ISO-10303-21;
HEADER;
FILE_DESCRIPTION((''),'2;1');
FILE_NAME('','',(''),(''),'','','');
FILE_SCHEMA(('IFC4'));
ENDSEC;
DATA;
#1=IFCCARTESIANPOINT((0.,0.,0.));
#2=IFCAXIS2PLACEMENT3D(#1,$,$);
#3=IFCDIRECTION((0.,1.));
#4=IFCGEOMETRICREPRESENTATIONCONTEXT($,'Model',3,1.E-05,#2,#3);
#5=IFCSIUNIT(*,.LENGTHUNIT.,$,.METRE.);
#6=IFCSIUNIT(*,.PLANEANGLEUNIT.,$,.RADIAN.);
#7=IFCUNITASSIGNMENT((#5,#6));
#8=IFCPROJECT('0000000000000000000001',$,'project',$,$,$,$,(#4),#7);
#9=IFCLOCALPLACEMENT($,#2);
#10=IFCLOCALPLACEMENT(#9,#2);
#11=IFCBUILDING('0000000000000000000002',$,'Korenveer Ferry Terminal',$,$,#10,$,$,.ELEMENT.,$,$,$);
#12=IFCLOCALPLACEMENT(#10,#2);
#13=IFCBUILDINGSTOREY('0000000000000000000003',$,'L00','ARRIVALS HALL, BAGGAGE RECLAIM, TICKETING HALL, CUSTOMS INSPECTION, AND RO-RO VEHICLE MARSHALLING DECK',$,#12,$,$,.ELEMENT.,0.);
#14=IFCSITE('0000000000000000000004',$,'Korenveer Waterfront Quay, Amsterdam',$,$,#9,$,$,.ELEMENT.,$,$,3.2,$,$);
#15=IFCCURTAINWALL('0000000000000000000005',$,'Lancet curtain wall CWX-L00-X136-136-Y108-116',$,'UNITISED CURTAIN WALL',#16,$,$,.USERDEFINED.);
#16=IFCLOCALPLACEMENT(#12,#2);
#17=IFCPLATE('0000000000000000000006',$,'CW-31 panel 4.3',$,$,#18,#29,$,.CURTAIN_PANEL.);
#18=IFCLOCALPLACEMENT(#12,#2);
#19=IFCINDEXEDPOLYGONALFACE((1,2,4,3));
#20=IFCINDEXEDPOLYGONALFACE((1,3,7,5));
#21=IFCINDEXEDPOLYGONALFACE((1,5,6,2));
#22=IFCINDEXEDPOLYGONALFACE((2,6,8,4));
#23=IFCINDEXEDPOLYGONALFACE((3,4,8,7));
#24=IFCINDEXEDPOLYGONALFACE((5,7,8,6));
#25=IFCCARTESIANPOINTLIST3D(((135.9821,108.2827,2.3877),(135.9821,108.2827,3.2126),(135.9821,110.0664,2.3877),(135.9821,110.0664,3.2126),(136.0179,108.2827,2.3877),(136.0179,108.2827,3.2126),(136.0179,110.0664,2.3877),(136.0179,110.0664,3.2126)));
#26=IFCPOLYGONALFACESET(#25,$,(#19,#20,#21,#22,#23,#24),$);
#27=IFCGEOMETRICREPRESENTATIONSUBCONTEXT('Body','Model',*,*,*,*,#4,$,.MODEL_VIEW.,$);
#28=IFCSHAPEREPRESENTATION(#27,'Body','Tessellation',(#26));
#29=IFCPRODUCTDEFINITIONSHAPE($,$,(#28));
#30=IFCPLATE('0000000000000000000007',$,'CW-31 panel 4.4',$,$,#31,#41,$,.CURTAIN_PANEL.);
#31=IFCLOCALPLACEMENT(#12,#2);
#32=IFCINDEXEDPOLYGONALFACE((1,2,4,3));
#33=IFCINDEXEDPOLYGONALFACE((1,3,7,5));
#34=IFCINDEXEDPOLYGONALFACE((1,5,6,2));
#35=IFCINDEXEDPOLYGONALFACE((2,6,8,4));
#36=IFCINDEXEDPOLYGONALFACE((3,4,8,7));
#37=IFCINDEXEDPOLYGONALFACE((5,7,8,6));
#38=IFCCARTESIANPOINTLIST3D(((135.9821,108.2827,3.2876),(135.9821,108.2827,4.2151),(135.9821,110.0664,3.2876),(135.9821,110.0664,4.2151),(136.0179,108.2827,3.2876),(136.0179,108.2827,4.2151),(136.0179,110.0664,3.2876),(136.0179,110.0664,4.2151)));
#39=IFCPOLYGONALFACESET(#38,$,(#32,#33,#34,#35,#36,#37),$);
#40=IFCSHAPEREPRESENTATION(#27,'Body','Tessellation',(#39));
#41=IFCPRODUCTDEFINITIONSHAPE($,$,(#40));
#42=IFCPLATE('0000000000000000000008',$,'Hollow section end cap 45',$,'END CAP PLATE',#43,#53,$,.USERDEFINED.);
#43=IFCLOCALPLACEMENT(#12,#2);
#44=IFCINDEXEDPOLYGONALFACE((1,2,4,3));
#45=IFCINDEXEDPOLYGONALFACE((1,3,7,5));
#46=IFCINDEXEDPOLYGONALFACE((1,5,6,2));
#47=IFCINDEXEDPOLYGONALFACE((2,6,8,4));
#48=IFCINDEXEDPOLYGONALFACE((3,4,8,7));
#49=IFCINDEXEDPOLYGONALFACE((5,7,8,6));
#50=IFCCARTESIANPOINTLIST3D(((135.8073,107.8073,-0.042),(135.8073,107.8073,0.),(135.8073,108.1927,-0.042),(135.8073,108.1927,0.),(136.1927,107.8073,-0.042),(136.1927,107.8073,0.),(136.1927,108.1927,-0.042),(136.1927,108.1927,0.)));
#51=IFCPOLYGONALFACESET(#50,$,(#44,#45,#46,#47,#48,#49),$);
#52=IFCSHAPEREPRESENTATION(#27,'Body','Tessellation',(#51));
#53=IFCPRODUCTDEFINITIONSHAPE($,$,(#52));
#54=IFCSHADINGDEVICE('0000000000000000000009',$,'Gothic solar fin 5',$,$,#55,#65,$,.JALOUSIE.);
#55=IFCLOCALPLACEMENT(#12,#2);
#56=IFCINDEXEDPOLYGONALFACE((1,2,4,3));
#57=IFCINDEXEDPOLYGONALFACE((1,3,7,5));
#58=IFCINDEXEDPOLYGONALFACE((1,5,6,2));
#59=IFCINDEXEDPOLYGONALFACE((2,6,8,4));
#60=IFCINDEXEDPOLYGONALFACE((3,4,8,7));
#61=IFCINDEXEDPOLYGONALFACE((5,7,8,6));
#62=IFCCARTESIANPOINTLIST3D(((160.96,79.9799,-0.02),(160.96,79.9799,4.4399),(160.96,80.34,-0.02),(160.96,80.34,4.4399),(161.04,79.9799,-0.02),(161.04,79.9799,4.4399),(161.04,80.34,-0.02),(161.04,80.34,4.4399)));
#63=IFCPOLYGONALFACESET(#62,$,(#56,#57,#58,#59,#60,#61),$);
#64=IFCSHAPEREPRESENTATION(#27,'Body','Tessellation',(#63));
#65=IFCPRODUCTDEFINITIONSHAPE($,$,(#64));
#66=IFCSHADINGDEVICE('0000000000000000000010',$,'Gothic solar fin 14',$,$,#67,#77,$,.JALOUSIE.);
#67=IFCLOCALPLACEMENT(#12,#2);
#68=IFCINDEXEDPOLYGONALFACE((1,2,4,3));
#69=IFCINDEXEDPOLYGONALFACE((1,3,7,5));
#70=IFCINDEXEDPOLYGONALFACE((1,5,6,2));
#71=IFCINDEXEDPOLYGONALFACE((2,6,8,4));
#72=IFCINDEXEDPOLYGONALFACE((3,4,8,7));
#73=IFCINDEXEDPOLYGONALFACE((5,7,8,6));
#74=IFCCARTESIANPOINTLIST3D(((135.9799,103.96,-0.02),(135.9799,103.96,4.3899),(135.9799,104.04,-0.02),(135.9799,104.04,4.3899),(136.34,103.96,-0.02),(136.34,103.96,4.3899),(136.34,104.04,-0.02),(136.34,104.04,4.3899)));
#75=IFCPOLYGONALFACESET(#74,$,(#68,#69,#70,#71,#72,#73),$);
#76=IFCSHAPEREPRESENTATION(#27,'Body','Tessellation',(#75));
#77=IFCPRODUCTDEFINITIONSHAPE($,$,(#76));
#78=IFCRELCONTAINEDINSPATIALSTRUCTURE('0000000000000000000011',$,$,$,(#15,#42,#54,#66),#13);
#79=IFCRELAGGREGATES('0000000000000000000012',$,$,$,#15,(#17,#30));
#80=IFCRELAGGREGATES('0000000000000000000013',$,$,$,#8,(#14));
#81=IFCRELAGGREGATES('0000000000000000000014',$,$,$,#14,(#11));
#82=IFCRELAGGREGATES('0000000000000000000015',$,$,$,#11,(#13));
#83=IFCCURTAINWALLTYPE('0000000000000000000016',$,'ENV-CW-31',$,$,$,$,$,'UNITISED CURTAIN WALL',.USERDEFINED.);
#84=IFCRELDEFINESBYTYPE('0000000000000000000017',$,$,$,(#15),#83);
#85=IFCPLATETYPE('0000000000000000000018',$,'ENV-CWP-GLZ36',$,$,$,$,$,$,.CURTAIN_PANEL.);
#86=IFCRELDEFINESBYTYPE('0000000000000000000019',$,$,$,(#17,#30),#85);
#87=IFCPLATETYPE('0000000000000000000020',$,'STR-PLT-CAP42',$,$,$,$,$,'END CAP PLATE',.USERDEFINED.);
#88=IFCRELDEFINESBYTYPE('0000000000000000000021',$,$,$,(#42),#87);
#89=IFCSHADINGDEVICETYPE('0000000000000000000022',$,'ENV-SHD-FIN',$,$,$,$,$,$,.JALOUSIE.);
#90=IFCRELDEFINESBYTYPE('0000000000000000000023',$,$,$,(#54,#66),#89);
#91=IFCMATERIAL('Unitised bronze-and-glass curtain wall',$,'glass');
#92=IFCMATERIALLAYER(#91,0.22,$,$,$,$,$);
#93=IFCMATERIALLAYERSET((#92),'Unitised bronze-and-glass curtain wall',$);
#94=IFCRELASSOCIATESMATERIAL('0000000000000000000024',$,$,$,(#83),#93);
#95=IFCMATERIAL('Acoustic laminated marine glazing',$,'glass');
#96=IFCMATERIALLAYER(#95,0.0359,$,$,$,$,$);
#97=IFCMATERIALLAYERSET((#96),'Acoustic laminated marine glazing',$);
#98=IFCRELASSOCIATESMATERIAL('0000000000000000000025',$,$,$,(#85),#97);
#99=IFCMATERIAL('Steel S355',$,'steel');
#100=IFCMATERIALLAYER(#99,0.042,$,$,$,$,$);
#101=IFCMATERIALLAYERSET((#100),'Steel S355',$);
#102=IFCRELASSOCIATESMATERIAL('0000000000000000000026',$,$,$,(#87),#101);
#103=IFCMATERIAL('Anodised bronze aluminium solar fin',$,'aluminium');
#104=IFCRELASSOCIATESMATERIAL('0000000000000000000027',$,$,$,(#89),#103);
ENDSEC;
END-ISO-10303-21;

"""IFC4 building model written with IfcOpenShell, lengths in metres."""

from ifc_helpers import new_model, si_unit, direction, frame, origin, origin_2d, place, context, subcontext, project, spatial, rectangle, extrude, material, layer, layer_set, type_object, element, aggregate, save


model = new_model("IFC4")

# Units and contexts
model_context = context("Model", 3, precision=1e-05, world=origin(), true_north=direction((0.0, 1.0)))
body_context = subcontext(model_context, "Body", "Model", "MODEL_VIEW")
ifc_project = project(units=[si_unit("LENGTHUNIT", "METRE"), si_unit("PLANEANGLEUNIT", "RADIAN")], contexts=[model_context])

# Site, building, storey
site_placement = place(None, origin())
site = spatial("IfcSite", under=ifc_project, at=site_placement, Name="Korenveer Waterfront Quay, Amsterdam", CompositionType="ELEMENT", RefElevation=3.2)
building_placement = place(site_placement, origin())
building = spatial("IfcBuilding", under=site, at=building_placement, Name="Korenveer Ferry Terminal", CompositionType="ELEMENT")
storey_placement = place(building_placement, origin())
storey = spatial("IfcBuildingStorey", under=building, at=storey_placement, Name="L00", Description="ARRIVALS HALL, BAGGAGE RECLAIM, TICKETING HALL, CUSTOMS INSPECTION, AND RO-RO VEHICLE MARSHALLING DECK", CompositionType="ELEMENT", Elevation=0.0)

# Curtain wall
ifc_material_1 = material(Name="Unitised bronze-and-glass curtain wall", Category="glass")
ifc_layer_1 = layer(ifc_material_1, 0.22)
ifc_layer_set_1 = layer_set([ifc_layer_1], Name="Unitised bronze-and-glass curtain wall")
curtain_wall_type = type_object("IfcCurtainWallType", Name="ENV-CW-31", ElementType="UNITISED CURTAIN WALL", PredefinedType="USERDEFINED", material=ifc_layer_set_1)
curtain_wall_placement = place(storey_placement, frame((136.0, 115.7922, 0.0)))
curtain_wall = element("IfcCurtainWall", 1, at=curtain_wall_placement, inside=storey, type_object=curtain_wall_type, Name="Lancet curtain wall CWX-L00-X136-136-Y108-116", ObjectType="UNITISED CURTAIN WALL", PredefinedType="USERDEFINED")

# Shared definitions
ifc_material_2 = material(Name="Steel S355", Category="steel")

# Plates
ifc_material_3 = material(Name="Acoustic laminated marine glazing", Category="glass")
ifc_layer_2 = layer(ifc_material_3, 0.0359)
ifc_layer_set_2 = layer_set([ifc_layer_2], Name="Acoustic laminated marine glazing")
plate_type_1 = type_object("IfcPlateType", Name="ENV-CWP-GLZ36", PredefinedType="CURTAIN_PANEL", material=ifc_layer_set_2)
plate_1_placement = place(storey_placement, frame((136.0, 109.1746, 2.3877), z_axis=(0.0, 0.0, 1.0), x_axis=(0.0, -1.0, 0.0)))
plate_1 = element("IfcPlate", 2, at=plate_1_placement, type_object=plate_type_1, Name="CW-31 panel 4.3", PredefinedType="CURTAIN_PANEL", context=body_context, shape_type="SweptSolid", body=[
    extrude(rectangle(XDim=1.7837, YDim=0.0359, at=origin_2d()), origin(), (0.0, 0.0, 1.0), 0.825),
])
plate_2_placement = place(storey_placement, frame((136.0, 109.1746, 3.2876), z_axis=(0.0, 0.0, 1.0), x_axis=(0.0, -1.0, 0.0)))
plate_2 = element("IfcPlate", 3, at=plate_2_placement, type_object=plate_type_1, Name="CW-31 panel 4.4", PredefinedType="CURTAIN_PANEL", context=body_context, shape_type="SweptSolid", body=[
    extrude(rectangle(XDim=1.7837, YDim=0.0359, at=origin_2d()), origin(), (0.0, 0.0, 1.0), 0.9275),
])
aggregate(curtain_wall, [plate_1, plate_2])
ifc_layer_3 = layer(ifc_material_2, 0.042)
ifc_layer_set_3 = layer_set([ifc_layer_3], Name="Steel S355")
plate_type_2 = type_object("IfcPlateType", Name="STR-PLT-CAP42", ElementType="END CAP PLATE", PredefinedType="USERDEFINED", material=ifc_layer_set_3)
plate_3_placement = place(storey_placement, frame((136.0, 108.0, -0.042), z_axis=(0.0, 0.0, 1.0), x_axis=(1.0, 0.0, 0.0)))
element("IfcPlate", 4, at=plate_3_placement, inside=storey, type_object=plate_type_2, Name="Hollow section end cap 45", ObjectType="END CAP PLATE", PredefinedType="USERDEFINED", context=body_context, shape_type="SweptSolid", body=[
    extrude(rectangle(XDim=0.3855, YDim=0.3855, at=origin_2d()), origin(), (0.0, 0.0, 1.0), 0.042),
])

# Shading devices
ifc_material_4 = material(Name="Anodised bronze aluminium solar fin", Category="aluminium")
shading_device_type = type_object("IfcShadingDeviceType", Name="ENV-SHD-FIN", PredefinedType="JALOUSIE", material=ifc_material_4)
shading_device_1_placement = place(storey_placement, frame((161.0, 80.1599, -0.02), z_axis=(0.0, 0.0, 1.0), x_axis=(0.0, 1.0, 0.0)))
element("IfcShadingDevice", 5, at=shading_device_1_placement, inside=storey, type_object=shading_device_type, Name="Gothic solar fin 5", PredefinedType="JALOUSIE", context=body_context, shape_type="SweptSolid", body=[
    extrude(rectangle(XDim=0.3601, YDim=0.0801, at=origin_2d()), origin(), (0.0, 0.0, 1.0), 4.46),
])
shading_device_2_placement = place(storey_placement, frame((136.1599, 104.0, -0.02), z_axis=(0.0, 0.0, 1.0), x_axis=(1.0, 0.0, 0.0)))
element("IfcShadingDevice", 6, at=shading_device_2_placement, inside=storey, type_object=shading_device_type, Name="Gothic solar fin 14", PredefinedType="JALOUSIE", context=body_context, shape_type="SweptSolid", body=[
    extrude(rectangle(XDim=0.3601, YDim=0.0801, at=origin_2d()), origin(), (0.0, 0.0, 1.0), 4.4099),
])

save(model, "model.ifc")
